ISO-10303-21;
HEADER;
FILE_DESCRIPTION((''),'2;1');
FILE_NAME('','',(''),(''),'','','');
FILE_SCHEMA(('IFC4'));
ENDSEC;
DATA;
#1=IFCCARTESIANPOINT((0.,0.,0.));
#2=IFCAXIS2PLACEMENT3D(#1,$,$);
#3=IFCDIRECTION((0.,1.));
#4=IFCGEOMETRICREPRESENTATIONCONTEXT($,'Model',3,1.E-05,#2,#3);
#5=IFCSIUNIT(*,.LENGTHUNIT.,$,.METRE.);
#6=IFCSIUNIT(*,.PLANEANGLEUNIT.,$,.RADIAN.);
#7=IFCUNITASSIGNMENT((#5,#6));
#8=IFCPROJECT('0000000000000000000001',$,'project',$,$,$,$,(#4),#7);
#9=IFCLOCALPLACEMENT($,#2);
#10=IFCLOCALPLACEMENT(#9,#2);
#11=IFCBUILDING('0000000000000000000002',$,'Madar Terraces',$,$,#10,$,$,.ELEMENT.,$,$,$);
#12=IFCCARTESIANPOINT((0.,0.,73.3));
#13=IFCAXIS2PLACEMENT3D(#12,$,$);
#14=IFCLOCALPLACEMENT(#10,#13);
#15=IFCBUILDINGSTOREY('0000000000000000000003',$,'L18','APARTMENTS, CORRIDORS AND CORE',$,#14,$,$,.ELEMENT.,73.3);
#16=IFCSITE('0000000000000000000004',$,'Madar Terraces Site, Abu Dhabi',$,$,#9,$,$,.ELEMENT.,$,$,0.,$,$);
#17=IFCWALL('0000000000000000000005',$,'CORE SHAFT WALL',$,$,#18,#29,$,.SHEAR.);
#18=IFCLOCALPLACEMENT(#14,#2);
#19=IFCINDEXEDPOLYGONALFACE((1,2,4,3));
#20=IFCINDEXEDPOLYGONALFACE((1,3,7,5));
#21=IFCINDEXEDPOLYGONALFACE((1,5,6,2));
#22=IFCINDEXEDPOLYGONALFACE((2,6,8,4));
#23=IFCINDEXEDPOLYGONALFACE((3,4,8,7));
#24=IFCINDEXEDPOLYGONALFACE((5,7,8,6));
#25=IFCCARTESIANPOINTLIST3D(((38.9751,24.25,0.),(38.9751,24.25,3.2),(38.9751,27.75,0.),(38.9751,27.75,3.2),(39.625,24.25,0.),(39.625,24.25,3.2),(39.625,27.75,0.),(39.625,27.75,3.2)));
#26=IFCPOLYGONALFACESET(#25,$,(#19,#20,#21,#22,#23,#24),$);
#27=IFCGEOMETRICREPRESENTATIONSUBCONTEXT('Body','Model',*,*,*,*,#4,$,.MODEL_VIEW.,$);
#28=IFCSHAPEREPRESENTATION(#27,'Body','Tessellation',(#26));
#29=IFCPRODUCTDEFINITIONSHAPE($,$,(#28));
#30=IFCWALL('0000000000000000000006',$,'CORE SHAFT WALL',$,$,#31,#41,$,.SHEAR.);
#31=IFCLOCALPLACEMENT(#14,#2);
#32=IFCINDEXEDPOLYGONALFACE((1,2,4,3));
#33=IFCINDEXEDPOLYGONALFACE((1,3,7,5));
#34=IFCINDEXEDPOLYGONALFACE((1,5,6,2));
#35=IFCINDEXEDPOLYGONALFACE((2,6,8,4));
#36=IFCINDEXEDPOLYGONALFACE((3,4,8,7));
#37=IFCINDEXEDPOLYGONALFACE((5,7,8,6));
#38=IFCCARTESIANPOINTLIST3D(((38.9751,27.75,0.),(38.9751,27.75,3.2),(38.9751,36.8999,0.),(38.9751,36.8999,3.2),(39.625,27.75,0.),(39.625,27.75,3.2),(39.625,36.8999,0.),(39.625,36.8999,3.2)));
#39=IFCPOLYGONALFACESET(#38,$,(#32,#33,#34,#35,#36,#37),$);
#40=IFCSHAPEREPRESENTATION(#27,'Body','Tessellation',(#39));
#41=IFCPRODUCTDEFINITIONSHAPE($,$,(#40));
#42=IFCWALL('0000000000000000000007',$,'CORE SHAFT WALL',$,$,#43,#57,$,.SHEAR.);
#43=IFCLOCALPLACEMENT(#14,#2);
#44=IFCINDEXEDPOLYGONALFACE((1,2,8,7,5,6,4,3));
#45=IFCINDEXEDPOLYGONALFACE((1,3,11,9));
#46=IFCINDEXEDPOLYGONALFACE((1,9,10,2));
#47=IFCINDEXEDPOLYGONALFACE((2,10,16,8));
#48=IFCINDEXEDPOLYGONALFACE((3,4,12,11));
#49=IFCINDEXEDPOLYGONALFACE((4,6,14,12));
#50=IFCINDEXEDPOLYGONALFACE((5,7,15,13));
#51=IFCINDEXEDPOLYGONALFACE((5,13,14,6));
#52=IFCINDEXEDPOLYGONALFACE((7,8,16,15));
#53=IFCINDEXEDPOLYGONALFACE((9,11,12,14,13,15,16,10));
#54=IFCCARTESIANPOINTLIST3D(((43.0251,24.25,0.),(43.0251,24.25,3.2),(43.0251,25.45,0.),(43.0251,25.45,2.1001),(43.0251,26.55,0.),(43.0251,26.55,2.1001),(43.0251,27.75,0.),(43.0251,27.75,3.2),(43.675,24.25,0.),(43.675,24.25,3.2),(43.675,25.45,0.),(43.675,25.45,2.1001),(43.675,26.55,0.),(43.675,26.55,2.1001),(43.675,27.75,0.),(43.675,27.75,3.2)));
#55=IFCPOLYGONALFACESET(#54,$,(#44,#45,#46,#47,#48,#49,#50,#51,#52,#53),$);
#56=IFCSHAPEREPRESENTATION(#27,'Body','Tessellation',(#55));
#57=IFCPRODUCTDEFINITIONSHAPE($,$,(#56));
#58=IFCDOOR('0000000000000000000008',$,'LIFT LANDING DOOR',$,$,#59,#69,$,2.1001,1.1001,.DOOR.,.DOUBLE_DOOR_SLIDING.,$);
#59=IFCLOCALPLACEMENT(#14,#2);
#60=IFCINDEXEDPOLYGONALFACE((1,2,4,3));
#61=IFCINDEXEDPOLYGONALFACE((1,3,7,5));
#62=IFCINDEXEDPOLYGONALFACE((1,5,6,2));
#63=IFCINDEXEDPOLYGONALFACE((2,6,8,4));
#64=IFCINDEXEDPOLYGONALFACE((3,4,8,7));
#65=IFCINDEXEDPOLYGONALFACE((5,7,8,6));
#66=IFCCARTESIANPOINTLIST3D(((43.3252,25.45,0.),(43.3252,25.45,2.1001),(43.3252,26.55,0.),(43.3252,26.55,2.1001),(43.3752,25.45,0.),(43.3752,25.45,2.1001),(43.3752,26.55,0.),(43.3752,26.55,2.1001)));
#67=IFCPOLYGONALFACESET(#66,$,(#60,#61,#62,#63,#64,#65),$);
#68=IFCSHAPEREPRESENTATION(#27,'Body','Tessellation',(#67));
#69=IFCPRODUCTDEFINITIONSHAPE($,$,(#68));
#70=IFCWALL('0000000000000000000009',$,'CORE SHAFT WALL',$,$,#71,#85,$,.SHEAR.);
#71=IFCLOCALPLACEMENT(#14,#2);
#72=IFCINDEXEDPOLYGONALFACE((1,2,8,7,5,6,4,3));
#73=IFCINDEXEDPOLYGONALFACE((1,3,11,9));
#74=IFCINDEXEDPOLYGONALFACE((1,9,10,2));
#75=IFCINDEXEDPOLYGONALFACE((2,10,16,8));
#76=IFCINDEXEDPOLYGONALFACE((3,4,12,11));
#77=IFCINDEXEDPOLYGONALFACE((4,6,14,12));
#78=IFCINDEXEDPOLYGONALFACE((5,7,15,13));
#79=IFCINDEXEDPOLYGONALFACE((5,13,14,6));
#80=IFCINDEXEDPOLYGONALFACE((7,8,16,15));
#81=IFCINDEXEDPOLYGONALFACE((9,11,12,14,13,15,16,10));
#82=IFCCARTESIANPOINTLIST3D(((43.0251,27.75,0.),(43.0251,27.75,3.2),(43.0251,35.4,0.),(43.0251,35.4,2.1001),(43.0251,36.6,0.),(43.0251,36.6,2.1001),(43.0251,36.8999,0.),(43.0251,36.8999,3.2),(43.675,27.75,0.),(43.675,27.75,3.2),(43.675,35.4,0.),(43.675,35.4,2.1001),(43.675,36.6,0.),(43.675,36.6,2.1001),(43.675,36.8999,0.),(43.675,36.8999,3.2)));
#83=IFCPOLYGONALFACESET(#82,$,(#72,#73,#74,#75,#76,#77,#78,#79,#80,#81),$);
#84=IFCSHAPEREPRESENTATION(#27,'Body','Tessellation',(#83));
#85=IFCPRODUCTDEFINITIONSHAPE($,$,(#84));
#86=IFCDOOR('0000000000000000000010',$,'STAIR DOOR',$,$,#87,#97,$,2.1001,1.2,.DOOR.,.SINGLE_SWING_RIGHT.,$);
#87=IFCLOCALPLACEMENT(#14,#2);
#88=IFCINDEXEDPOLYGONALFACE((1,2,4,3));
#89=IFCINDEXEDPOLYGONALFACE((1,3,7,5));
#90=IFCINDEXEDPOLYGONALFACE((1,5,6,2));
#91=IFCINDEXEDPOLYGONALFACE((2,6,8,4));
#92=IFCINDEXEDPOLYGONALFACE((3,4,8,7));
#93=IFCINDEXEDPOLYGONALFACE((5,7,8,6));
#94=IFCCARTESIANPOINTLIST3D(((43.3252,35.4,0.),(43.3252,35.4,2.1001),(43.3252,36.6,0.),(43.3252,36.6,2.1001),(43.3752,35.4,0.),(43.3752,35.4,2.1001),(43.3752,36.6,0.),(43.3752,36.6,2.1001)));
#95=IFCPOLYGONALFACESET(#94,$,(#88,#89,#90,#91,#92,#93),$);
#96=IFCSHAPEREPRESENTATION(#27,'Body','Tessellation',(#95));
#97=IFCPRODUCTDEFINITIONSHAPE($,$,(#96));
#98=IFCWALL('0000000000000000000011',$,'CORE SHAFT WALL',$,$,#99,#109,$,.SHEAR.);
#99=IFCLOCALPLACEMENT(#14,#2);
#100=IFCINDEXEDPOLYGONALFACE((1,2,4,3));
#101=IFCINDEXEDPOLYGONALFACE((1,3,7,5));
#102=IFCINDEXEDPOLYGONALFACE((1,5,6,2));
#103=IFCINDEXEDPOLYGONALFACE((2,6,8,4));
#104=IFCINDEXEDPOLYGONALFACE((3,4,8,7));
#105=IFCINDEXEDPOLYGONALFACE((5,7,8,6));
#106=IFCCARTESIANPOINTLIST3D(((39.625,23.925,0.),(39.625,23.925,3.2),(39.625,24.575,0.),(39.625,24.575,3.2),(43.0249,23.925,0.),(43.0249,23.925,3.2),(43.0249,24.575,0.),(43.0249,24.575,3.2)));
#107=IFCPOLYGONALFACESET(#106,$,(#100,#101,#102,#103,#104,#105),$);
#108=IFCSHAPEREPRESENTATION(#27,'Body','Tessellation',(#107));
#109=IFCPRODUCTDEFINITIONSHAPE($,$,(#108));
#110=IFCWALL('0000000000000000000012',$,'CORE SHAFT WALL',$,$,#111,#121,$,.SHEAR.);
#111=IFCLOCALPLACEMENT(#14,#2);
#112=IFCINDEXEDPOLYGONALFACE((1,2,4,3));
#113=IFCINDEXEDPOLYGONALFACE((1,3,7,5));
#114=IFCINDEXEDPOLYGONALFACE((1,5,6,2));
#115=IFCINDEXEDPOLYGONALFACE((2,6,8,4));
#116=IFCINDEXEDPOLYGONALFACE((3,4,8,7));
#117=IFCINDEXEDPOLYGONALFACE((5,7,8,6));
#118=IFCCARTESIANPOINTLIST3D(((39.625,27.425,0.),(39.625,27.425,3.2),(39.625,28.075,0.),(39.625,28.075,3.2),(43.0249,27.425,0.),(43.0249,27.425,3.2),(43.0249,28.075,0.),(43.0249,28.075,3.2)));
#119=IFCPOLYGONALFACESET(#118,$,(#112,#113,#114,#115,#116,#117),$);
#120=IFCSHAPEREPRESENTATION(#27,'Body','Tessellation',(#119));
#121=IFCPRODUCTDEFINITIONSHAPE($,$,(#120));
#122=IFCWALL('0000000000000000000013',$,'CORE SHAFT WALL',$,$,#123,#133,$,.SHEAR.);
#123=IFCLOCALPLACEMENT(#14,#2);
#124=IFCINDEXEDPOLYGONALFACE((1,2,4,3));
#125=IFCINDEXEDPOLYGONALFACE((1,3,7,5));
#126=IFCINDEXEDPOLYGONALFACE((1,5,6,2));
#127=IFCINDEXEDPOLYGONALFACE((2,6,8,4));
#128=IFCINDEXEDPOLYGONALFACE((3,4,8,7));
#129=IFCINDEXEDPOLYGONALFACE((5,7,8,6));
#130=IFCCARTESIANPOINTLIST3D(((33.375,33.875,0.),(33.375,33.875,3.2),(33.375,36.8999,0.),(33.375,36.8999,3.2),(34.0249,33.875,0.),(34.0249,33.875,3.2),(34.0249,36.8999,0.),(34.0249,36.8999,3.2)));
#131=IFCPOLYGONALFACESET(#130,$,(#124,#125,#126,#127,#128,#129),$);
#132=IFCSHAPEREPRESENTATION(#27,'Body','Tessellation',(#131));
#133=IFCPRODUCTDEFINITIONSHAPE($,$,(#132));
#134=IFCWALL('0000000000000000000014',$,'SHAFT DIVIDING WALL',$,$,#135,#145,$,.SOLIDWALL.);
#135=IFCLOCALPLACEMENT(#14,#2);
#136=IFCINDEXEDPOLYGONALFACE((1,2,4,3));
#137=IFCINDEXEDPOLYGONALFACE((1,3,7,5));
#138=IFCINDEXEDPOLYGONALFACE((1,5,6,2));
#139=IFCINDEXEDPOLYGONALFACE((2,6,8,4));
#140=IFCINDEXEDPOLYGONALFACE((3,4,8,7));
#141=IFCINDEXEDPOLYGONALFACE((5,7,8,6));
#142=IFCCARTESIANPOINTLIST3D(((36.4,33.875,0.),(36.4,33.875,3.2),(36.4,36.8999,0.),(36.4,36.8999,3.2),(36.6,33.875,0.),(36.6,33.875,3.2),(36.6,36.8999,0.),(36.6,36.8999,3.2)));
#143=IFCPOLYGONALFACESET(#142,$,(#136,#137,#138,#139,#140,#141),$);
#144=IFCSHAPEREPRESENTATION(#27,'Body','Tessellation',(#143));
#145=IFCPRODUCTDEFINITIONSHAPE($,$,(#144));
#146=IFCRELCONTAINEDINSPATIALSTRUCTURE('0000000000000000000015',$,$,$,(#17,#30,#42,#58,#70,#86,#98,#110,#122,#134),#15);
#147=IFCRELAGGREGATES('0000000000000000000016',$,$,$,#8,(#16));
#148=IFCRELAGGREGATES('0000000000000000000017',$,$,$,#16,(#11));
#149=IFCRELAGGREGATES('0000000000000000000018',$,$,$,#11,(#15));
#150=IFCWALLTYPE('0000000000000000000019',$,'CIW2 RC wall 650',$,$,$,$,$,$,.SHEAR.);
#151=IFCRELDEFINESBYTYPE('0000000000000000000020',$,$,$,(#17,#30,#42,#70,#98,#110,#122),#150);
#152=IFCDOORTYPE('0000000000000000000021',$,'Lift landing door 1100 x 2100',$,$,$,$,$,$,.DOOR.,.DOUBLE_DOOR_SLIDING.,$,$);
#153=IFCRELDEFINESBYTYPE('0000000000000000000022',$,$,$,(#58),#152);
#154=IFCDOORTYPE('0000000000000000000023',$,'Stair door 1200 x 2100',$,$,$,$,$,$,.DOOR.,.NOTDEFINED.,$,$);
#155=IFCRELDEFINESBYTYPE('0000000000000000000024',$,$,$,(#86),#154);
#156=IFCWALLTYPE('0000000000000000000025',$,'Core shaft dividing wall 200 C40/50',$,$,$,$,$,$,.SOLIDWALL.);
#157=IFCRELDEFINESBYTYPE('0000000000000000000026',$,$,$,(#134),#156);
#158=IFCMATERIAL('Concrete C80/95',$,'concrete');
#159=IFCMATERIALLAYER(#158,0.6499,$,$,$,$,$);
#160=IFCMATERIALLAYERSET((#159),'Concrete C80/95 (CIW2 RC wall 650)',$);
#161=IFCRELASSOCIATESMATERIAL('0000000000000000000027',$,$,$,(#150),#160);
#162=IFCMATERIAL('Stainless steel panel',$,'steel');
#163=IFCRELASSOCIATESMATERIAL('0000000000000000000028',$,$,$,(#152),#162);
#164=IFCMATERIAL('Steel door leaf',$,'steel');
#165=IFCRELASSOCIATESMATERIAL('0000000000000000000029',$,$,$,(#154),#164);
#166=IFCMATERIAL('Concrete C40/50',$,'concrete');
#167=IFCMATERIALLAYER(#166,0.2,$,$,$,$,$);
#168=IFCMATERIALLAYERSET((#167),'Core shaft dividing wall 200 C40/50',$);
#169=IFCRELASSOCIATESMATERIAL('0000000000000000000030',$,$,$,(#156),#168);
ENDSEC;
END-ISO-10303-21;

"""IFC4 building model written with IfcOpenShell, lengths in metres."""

from ifc_helpers import new_model, si_unit, direction, frame, frame_2d, origin, place, context, subcontext, project, spatial, rectangle, extrude, material, layer, layer_set, type_object, element, fill, save


model = new_model("IFC4")

# Units and contexts
model_context = context("Model", 3, precision=1e-05, world=origin(), true_north=direction((0.0, 1.0)))
body_context = subcontext(model_context, "Body", "Model", "MODEL_VIEW")
ifc_project = project(units=[si_unit("LENGTHUNIT", "METRE"), si_unit("PLANEANGLEUNIT", "RADIAN")], contexts=[model_context])

# Site, building, storey
site_placement = place(None, origin())
site = spatial("IfcSite", under=ifc_project, at=site_placement, Name="Madar Terraces Site, Abu Dhabi", CompositionType="ELEMENT", RefElevation=0.0)
building_placement = place(site_placement, origin())
building = spatial("IfcBuilding", under=site, at=building_placement, Name="Madar Terraces", CompositionType="ELEMENT")
storey_placement = place(building_placement, frame((0.0, 0.0, 73.3)))
storey = spatial("IfcBuildingStorey", under=building, at=storey_placement, Name="L18", Description="APARTMENTS, CORRIDORS AND CORE", CompositionType="ELEMENT", Elevation=73.3)

# Walls
ifc_material_1 = material(Name="Concrete C80/95", Category="concrete")
ifc_layer_1 = layer(ifc_material_1, 0.6499)
ifc_layer_set_1 = layer_set([ifc_layer_1], Name="Concrete C80/95 (CIW2 RC wall 650)")
wall_type_1 = type_object("IfcWallType", Name="CIW2 RC wall 650", PredefinedType="SHEAR", material=ifc_layer_set_1)
wall_1_placement = place(storey_placement, frame((39.3, 24.25, 0.0), z_axis=(0.0, 0.0, 1.0), x_axis=(0.0, 1.0, 0.0)))
element("IfcWall", 1, at=wall_1_placement, inside=storey, type_object=wall_type_1, Name="CORE SHAFT WALL", PredefinedType="SHEAR", context=body_context, shape_type="SweptSolid", body=[
    extrude(rectangle(XDim=3.5, YDim=0.6499, at=frame_2d((1.75, 0.0))), origin(), (0.0, 0.0, 1.0), 3.2),
])
wall_2_placement = place(storey_placement, frame((39.3, 27.75, 0.0), z_axis=(0.0, 0.0, 1.0), x_axis=(0.0, 1.0, 0.0)))
element("IfcWall", 2, at=wall_2_placement, inside=storey, type_object=wall_type_1, Name="CORE SHAFT WALL", PredefinedType="SHEAR", context=body_context, shape_type="SweptSolid", body=[
    extrude(rectangle(XDim=9.1499, YDim=0.6499, at=frame_2d((4.575, 0.0))), origin(), (0.0, 0.0, 1.0), 3.2),
])

# Walls, openings, doors
wall_3_placement = place(storey_placement, frame((43.3501, 24.25, 0.0), z_axis=(0.0, 0.0, 1.0), x_axis=(0.0, 1.0, 0.0)))
wall_3 = element("IfcWall", 3, at=wall_3_placement, inside=storey, type_object=wall_type_1, Name="CORE SHAFT WALL", PredefinedType="SHEAR", context=body_context, shape_type="SweptSolid", body=[
    extrude(rectangle(XDim=3.5, YDim=0.6499, at=frame_2d((1.75, 0.0))), origin(), (0.0, 0.0, 1.0), 3.2),
])
opening_1_placement = place(wall_3_placement, frame((1.2, 0.0, 0.0)))
opening_1 = element("IfcOpeningElement", 4, at=opening_1_placement, cuts=wall_3, PredefinedType="OPENING", context=body_context, shape_type="SweptSolid", body=[
    extrude(rectangle(XDim=1.1001, YDim=2.1001, at=frame_2d((0.55, 1.05))), frame((0.0, 0.335, 0.0), z_axis=(0.0, -1.0, 0.0), x_axis=(1.0, 0.0, 0.0)), (0.0, 0.0, 1.0), 0.6699),
])
ifc_material_2 = material(Name="Stainless steel panel", Category="steel")
door_type_1 = type_object("IfcDoorType", Name="Lift landing door 1100 x 2100", OperationType="DOUBLE_DOOR_SLIDING", PredefinedType="DOOR", material=ifc_material_2)
door_1_placement = place(opening_1_placement, origin())
door_1 = element("IfcDoor", 5, at=door_1_placement, inside=storey, type_object=door_type_1, Name="LIFT LANDING DOOR", OperationType="DOUBLE_DOOR_SLIDING", OverallHeight=2.1001, OverallWidth=1.1001, PredefinedType="DOOR", context=body_context, shape_type="SweptSolid", body=[
    extrude(rectangle(XDim=1.1001, YDim=2.1001, at=frame_2d((0.55, 1.05))), frame((0.0, 0.0249, 0.0), z_axis=(0.0, -1.0, 0.0), x_axis=(1.0, 0.0, 0.0)), (0.0, 0.0, 1.0), 0.05),
])
fill(opening_1, door_1)
wall_4_placement = place(storey_placement, frame((43.3501, 27.75, 0.0), z_axis=(0.0, 0.0, 1.0), x_axis=(0.0, 1.0, 0.0)))
wall_4 = element("IfcWall", 6, at=wall_4_placement, inside=storey, type_object=wall_type_1, Name="CORE SHAFT WALL", PredefinedType="SHEAR", context=body_context, shape_type="SweptSolid", body=[
    extrude(rectangle(XDim=9.1499, YDim=0.6499, at=frame_2d((4.575, 0.0))), origin(), (0.0, 0.0, 1.0), 3.2),
])
opening_2_placement = place(wall_4_placement, frame((7.6499, 0.0, 0.0)))
opening_2 = element("IfcOpeningElement", 7, at=opening_2_placement, cuts=wall_4, PredefinedType="OPENING", context=body_context, shape_type="SweptSolid", body=[
    extrude(rectangle(XDim=1.2, YDim=2.1001, at=frame_2d((0.6001, 1.05))), frame((0.0, 0.335, 0.0), z_axis=(0.0, -1.0, 0.0), x_axis=(1.0, 0.0, 0.0)), (0.0, 0.0, 1.0), 0.6699),
])
ifc_material_3 = material(Name="Steel door leaf", Category="steel")
door_type_2 = type_object("IfcDoorType", Name="Stair door 1200 x 2100", OperationType="NOTDEFINED", PredefinedType="DOOR", material=ifc_material_3)
door_2_placement = place(opening_2_placement, origin())
door_2 = element("IfcDoor", 8, at=door_2_placement, inside=storey, type_object=door_type_2, Name="STAIR DOOR", OperationType="SINGLE_SWING_RIGHT", OverallHeight=2.1001, OverallWidth=1.2, PredefinedType="DOOR", context=body_context, shape_type="SweptSolid", body=[
    extrude(rectangle(XDim=1.2, YDim=2.1001, at=frame_2d((0.6001, 1.05))), frame((0.0, 0.0249, 0.0), z_axis=(0.0, -1.0, 0.0), x_axis=(1.0, 0.0, 0.0)), (0.0, 0.0, 1.0), 0.05),
])
fill(opening_2, door_2)

# Walls
for number, where, z_axis, x_axis, name in (
    (9, (39.625, 24.25, 0.0), (0.0, 0.0, 1.0), (1.0, 0.0, 0.0), "CORE SHAFT WALL"),
    (10, (39.625, 27.75, 0.0), (0.0, 0.0, 1.0), (1.0, 0.0, 0.0), "CORE SHAFT WALL"),
):
    element("IfcWall", number, at=place(storey_placement, frame(where, z_axis=z_axis, x_axis=x_axis)), inside=storey, type_object=wall_type_1, Name=name, PredefinedType="SHEAR", context=body_context, shape_type="SweptSolid", body=[
        extrude(rectangle(XDim=3.3999, YDim=0.6499, at=frame_2d((1.7, 0.0))), origin(), (0.0, 0.0, 1.0), 3.2),
    ])
wall_5_placement = place(storey_placement, frame((33.7, 33.875, 0.0), z_axis=(0.0, 0.0, 1.0), x_axis=(0.0, 1.0, 0.0)))
element("IfcWall", 11, at=wall_5_placement, inside=storey, type_object=wall_type_1, Name="CORE SHAFT WALL", PredefinedType="SHEAR", context=body_context, shape_type="SweptSolid", body=[
    extrude(rectangle(XDim=3.0249, YDim=0.6499, at=frame_2d((1.5125, 0.0))), origin(), (0.0, 0.0, 1.0), 3.2),
])
ifc_material_4 = material(Name="Concrete C40/50", Category="concrete")
ifc_layer_2 = layer(ifc_material_4, 0.2)
ifc_layer_set_2 = layer_set([ifc_layer_2], Name="Core shaft dividing wall 200 C40/50")
wall_type_2 = type_object("IfcWallType", Name="Core shaft dividing wall 200 C40/50", PredefinedType="SOLIDWALL", material=ifc_layer_set_2)
wall_6_placement = place(storey_placement, frame((36.5, 33.875, 0.0), z_axis=(0.0, 0.0, 1.0), x_axis=(0.0, 1.0, 0.0)))
element("IfcWall", 12, at=wall_6_placement, inside=storey, type_object=wall_type_2, Name="SHAFT DIVIDING WALL", PredefinedType="SOLIDWALL", context=body_context, shape_type="SweptSolid", body=[
    extrude(rectangle(XDim=3.0249, YDim=0.2, at=frame_2d((1.5125, 0.0))), origin(), (0.0, 0.0, 1.0), 3.2),
])

save(model, "model.ifc")
